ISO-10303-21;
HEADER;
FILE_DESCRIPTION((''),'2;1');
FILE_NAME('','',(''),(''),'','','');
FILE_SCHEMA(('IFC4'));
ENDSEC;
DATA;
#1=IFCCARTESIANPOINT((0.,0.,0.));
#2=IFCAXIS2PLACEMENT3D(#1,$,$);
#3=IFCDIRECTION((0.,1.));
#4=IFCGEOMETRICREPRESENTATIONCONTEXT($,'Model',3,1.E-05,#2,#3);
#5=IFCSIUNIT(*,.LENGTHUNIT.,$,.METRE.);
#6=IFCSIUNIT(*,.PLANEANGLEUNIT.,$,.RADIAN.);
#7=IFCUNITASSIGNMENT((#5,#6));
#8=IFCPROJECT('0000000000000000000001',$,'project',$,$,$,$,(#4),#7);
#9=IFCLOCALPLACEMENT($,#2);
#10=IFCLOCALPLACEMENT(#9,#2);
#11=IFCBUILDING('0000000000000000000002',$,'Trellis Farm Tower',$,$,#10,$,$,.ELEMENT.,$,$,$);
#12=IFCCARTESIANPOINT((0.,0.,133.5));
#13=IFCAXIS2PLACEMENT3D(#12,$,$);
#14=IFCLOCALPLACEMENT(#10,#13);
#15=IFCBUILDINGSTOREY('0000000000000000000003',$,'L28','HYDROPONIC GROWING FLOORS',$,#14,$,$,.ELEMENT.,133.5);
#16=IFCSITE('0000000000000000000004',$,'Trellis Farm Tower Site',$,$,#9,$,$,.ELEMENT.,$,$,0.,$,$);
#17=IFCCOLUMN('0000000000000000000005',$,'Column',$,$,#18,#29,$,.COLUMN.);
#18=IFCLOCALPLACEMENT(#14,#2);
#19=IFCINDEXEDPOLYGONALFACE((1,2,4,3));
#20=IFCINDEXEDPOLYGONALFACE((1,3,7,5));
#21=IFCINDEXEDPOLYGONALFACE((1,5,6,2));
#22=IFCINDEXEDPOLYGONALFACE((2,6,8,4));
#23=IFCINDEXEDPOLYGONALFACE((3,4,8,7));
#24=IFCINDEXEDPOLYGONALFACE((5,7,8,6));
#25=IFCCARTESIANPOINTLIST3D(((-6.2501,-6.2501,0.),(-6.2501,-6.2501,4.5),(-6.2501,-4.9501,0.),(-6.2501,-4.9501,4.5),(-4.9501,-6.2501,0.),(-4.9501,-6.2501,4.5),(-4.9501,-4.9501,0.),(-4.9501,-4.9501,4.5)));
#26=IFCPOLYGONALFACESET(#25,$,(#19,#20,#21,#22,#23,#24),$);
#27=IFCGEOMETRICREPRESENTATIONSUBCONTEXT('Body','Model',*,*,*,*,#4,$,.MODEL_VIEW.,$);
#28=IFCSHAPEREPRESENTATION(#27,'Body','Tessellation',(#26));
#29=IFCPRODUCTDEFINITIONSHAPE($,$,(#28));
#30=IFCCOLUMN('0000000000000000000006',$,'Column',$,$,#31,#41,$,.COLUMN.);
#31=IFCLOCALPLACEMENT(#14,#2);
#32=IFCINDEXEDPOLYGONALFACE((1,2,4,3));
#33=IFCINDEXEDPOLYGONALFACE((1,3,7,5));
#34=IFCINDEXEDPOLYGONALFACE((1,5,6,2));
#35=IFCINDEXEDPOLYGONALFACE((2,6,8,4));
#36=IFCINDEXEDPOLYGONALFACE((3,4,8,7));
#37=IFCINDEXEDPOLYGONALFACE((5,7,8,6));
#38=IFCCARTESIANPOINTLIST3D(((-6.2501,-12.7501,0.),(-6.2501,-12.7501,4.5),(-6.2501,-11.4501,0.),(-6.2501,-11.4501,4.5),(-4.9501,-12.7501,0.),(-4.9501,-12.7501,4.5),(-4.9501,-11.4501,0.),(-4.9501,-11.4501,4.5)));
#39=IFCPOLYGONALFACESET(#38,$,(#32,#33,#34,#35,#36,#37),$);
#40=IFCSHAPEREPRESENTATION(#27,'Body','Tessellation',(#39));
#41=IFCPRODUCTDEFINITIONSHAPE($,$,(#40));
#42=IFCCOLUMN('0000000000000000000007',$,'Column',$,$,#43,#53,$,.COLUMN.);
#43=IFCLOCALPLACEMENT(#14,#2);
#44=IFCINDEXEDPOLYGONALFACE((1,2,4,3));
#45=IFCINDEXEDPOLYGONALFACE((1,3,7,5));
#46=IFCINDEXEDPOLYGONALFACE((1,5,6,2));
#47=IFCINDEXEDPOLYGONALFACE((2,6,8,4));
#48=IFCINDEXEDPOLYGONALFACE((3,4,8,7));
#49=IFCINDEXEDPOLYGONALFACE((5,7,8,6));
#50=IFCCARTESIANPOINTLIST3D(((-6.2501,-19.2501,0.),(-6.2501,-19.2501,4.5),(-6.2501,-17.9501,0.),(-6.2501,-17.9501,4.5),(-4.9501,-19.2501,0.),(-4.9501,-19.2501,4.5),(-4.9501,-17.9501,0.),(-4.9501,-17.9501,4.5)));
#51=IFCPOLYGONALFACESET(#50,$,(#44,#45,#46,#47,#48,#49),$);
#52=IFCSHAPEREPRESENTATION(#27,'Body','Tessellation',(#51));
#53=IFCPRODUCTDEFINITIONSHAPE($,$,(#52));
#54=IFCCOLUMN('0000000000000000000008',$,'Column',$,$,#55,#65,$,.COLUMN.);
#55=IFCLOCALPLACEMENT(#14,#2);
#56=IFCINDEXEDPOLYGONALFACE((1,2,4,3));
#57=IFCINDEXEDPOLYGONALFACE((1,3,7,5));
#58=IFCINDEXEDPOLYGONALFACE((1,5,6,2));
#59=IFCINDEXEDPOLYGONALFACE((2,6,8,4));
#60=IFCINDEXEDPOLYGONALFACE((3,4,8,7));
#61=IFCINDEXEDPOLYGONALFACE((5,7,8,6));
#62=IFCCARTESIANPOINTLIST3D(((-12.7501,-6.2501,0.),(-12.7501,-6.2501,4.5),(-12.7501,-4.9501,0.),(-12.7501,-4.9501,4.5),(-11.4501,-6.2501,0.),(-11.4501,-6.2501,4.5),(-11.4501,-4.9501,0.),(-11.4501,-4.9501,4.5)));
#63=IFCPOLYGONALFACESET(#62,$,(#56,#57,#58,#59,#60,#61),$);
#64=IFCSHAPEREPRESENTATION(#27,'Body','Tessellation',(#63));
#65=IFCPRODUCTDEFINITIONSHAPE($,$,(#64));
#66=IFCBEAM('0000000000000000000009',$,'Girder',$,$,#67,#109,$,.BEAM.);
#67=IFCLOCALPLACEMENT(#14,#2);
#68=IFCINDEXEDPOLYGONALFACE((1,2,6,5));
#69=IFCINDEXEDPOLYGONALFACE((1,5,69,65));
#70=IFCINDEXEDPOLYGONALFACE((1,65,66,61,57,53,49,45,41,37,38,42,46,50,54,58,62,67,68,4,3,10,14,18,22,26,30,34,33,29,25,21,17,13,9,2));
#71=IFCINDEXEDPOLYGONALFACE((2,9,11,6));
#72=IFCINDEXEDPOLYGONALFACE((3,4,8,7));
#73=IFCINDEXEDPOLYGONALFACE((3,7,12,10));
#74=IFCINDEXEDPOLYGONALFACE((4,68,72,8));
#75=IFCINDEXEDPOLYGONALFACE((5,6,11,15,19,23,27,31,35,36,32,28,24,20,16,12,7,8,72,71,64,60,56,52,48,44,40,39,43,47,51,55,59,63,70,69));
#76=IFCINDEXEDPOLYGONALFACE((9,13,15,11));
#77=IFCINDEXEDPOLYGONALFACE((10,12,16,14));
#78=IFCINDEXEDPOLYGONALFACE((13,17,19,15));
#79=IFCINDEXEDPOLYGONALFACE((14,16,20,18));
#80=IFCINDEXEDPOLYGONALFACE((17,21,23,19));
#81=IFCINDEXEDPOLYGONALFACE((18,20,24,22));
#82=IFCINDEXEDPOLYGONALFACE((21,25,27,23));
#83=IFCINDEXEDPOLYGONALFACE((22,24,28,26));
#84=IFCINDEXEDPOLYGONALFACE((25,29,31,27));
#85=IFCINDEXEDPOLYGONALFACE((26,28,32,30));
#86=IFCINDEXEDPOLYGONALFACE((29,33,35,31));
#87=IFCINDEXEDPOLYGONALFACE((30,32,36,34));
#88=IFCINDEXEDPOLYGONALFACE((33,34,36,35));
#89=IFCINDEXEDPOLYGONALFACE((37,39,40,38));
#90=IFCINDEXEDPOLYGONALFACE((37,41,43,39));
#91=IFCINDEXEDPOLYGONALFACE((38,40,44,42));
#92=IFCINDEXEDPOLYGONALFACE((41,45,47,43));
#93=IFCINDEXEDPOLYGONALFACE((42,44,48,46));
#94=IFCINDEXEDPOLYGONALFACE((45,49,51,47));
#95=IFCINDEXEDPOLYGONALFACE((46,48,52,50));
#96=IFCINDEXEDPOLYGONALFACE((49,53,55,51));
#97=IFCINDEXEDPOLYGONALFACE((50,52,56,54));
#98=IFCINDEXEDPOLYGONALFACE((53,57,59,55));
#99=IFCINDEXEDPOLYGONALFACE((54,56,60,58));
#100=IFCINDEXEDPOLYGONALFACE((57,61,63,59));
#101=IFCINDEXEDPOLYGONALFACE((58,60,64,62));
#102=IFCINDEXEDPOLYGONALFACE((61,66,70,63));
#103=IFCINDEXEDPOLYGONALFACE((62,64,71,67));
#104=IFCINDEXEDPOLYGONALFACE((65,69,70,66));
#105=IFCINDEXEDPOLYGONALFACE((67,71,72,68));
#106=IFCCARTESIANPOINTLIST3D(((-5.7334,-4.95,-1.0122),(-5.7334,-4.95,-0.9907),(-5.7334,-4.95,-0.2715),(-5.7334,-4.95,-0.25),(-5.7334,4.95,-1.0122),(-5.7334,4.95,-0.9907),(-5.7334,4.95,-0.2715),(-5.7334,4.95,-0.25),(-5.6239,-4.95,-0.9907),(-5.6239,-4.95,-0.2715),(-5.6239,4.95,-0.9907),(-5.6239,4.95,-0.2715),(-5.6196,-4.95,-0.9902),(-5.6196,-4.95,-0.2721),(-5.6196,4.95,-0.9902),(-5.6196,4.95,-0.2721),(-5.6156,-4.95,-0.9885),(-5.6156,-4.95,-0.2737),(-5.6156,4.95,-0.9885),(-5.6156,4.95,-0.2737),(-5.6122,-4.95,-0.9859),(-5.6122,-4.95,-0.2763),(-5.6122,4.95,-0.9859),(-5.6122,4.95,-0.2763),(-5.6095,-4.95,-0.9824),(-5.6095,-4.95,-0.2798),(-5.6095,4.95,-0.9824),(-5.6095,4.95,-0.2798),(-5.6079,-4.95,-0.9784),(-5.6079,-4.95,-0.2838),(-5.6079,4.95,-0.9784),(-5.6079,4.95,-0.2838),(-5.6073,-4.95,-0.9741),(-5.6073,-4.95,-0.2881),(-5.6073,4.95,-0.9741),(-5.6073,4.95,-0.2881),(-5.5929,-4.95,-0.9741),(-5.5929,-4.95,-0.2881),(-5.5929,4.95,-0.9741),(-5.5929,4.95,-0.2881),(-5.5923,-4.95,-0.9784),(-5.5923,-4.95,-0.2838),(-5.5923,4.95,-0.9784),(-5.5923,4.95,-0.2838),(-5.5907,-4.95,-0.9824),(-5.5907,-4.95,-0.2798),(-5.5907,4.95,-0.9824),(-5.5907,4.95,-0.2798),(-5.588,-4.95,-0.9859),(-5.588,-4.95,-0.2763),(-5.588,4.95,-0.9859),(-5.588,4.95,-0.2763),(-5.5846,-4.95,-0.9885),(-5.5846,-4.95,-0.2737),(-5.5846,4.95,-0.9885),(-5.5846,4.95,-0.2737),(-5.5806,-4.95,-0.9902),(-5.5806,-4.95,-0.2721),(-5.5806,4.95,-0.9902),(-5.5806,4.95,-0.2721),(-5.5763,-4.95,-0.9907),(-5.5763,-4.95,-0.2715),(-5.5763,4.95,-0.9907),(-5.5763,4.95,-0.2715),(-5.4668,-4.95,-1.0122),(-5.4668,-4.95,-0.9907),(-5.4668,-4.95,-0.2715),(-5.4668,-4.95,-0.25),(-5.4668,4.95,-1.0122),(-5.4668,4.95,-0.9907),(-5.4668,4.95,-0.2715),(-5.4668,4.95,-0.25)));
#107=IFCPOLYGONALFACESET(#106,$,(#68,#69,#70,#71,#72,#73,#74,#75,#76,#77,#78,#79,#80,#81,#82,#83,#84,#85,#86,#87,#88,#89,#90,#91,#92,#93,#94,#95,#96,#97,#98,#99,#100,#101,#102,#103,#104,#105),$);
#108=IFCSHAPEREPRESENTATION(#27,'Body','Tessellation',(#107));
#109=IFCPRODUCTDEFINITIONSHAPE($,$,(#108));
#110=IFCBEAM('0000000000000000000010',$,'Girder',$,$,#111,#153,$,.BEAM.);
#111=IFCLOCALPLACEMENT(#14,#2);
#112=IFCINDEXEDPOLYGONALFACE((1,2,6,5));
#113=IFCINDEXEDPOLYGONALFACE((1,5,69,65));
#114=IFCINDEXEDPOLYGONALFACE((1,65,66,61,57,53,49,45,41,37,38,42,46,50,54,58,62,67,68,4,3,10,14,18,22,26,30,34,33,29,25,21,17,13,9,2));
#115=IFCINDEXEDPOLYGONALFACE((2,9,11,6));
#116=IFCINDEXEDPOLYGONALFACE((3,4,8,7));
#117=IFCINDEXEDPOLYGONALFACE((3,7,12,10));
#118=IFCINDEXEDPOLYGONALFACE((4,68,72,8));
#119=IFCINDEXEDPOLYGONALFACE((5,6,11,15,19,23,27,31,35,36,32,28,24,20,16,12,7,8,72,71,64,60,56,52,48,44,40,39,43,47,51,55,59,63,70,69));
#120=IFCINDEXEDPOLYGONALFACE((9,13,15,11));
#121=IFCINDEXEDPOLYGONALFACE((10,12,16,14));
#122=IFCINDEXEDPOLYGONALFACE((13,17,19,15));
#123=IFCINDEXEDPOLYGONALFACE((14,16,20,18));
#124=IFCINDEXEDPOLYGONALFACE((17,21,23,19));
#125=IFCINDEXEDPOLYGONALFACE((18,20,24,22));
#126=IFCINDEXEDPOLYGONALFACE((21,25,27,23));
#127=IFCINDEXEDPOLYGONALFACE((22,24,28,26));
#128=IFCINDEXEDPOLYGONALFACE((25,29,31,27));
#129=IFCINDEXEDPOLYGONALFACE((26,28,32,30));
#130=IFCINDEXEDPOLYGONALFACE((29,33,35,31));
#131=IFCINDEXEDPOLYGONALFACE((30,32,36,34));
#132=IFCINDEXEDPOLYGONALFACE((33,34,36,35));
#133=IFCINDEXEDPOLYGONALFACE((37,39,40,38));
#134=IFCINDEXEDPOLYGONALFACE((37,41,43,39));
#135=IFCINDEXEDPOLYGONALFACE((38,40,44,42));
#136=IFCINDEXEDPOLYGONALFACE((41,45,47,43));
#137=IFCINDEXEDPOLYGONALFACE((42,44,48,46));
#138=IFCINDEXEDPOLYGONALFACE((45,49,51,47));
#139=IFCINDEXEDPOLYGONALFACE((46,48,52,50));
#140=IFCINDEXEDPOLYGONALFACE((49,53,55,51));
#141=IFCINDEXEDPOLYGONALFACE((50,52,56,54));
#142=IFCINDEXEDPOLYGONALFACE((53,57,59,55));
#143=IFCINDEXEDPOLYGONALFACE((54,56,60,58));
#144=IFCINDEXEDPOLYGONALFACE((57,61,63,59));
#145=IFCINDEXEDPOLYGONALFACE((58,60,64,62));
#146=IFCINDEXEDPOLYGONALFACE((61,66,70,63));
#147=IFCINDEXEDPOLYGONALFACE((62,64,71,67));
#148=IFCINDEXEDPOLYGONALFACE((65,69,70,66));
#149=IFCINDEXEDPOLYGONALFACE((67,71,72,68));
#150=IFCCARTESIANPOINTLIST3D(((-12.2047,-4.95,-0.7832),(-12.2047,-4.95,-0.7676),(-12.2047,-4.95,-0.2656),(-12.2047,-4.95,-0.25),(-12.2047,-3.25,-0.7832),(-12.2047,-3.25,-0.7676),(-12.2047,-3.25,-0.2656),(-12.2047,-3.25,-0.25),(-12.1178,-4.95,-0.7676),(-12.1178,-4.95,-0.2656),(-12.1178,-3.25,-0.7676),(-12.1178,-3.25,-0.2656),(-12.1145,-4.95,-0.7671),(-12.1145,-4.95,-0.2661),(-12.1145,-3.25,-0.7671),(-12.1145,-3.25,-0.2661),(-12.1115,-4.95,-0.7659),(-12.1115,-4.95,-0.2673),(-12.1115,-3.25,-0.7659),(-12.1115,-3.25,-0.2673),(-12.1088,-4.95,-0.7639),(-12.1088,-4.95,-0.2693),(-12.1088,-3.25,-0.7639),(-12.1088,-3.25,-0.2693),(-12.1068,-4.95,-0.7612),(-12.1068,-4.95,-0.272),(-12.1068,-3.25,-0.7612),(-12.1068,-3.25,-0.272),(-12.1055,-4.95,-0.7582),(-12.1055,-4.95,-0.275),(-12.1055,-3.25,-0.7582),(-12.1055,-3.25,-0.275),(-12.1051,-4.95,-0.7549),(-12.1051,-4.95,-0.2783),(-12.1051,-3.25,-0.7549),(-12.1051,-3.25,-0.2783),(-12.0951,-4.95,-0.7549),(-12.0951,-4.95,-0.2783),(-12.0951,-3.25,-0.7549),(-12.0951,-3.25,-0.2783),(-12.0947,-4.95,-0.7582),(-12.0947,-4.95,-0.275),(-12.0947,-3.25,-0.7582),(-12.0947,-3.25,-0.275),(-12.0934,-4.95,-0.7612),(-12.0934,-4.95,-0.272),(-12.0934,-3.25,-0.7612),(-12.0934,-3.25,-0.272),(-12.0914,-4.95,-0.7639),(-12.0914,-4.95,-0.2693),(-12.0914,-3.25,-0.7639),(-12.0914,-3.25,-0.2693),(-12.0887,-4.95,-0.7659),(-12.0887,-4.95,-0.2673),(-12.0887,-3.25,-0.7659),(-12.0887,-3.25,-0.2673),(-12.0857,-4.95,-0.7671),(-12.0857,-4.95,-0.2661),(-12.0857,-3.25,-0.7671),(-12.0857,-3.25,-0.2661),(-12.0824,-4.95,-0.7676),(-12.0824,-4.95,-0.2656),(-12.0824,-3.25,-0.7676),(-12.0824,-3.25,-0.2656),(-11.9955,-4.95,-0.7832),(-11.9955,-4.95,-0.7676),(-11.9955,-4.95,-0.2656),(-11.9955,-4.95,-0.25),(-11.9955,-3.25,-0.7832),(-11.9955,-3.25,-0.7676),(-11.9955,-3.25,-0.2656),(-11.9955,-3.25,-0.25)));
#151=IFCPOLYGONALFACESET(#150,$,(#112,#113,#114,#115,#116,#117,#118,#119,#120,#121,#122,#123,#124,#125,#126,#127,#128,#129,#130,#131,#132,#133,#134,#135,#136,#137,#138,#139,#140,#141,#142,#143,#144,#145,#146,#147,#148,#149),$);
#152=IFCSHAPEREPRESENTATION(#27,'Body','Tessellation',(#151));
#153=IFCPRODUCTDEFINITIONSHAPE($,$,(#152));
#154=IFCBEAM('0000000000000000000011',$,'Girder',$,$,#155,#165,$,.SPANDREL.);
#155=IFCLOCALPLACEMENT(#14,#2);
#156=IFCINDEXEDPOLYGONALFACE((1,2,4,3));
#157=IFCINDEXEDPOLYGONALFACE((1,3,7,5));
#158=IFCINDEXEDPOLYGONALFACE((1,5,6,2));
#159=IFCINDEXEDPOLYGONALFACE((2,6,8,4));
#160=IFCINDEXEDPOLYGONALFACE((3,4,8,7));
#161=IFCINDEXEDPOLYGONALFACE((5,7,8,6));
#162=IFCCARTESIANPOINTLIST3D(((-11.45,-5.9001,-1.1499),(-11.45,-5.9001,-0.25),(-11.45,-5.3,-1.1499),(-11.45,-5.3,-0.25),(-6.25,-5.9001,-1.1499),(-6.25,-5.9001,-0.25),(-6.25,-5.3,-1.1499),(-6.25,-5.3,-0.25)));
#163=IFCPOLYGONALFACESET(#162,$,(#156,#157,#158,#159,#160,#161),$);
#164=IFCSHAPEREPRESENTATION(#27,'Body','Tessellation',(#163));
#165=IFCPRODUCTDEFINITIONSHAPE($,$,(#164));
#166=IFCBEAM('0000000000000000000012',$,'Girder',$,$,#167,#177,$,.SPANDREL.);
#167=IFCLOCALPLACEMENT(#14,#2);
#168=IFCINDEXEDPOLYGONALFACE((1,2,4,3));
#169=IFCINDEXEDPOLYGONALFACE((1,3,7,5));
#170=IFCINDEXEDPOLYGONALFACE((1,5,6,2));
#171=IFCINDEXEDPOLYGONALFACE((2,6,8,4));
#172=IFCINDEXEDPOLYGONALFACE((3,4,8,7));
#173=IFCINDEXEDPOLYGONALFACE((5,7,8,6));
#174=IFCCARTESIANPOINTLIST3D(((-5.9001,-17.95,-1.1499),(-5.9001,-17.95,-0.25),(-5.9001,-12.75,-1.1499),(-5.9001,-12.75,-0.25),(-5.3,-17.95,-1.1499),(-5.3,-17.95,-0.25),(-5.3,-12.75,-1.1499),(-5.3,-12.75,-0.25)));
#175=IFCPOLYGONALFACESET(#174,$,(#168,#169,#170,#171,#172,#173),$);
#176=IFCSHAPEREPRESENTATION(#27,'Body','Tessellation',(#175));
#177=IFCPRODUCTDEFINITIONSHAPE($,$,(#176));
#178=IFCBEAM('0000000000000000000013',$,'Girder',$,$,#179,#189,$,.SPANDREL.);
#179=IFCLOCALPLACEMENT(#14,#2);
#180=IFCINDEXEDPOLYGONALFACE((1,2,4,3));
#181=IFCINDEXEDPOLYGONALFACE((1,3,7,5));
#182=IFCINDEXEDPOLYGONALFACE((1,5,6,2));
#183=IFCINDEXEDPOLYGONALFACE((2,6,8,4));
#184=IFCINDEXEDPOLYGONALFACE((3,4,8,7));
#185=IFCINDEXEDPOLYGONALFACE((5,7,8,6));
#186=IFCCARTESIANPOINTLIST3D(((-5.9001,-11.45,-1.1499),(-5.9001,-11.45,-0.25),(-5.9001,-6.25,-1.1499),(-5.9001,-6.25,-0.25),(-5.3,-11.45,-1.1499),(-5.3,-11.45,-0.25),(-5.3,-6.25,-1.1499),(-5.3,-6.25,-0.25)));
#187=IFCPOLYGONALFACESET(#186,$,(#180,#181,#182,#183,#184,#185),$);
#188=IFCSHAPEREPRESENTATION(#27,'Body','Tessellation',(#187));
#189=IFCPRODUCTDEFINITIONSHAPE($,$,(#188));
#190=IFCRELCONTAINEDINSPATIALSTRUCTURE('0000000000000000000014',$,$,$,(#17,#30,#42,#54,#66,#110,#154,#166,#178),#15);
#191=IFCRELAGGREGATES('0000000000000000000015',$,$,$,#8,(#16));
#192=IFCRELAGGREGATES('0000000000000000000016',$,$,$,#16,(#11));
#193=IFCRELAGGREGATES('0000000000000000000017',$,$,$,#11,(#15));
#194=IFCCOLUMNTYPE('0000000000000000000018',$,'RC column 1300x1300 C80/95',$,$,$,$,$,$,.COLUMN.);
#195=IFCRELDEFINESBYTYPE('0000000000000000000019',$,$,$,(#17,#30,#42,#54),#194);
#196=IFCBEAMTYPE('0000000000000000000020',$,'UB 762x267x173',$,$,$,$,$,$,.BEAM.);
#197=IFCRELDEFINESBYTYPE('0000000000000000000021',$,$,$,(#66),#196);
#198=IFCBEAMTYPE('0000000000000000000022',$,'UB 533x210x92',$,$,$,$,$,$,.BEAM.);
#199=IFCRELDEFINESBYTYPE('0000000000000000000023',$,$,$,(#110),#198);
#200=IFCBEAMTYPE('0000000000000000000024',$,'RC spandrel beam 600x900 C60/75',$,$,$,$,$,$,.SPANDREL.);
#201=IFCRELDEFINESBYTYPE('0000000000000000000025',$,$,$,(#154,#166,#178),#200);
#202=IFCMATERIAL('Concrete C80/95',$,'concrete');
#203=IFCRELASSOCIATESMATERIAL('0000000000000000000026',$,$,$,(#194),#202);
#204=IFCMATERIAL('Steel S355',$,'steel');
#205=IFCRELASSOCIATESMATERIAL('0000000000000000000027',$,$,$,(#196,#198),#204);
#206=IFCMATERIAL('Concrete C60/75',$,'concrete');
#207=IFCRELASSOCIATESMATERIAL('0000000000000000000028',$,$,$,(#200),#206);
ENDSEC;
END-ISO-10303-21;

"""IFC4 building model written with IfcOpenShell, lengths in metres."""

from ifc_helpers import new_model, si_unit, direction, frame, origin, origin_2d, place, context, subcontext, project, spatial, rectangle, i_section, extrude, source, transform, mapped, material, material_profile, profile_set, type_object, element, save


model = new_model("IFC4")

# Units and contexts
model_context = context("Model", 3, precision=1e-05, world=origin(), true_north=direction((0.0, 1.0)))
body_context = subcontext(model_context, "Body", "Model", "MODEL_VIEW")
ifc_project = project(units=[si_unit("LENGTHUNIT", "METRE"), si_unit("PLANEANGLEUNIT", "RADIAN")], contexts=[model_context])

# Site, building, storey
site_placement = place(None, origin())
site = spatial("IfcSite", under=ifc_project, at=site_placement, Name="Trellis Farm Tower Site", CompositionType="ELEMENT", RefElevation=0.0)
building_placement = place(site_placement, origin())
building = spatial("IfcBuilding", under=site, at=building_placement, Name="Trellis Farm Tower", CompositionType="ELEMENT")
storey_placement = place(building_placement, frame((0.0, 0.0, 133.5)))
storey = spatial("IfcBuildingStorey", under=building, at=storey_placement, Name="L28", Description="HYDROPONIC GROWING FLOORS", CompositionType="ELEMENT", Elevation=133.5)

# Columns
ifc_material_1 = material(Name="Concrete C80/95", Category="concrete")
ifc_material_profile_1 = material_profile(ifc_material_1, rectangle(XDim=1.3, YDim=1.3, at=origin_2d()), Name="RC column 1300x1300 C80/95")
ifc_profile_set_1 = profile_set([ifc_material_profile_1], Name="Concrete C80/95")
column_type = type_object("IfcColumnType", Name="RC column 1300x1300 C80/95", PredefinedType="COLUMN", material=ifc_profile_set_1)
shared_shape_1 = source(origin(), body_context, "Body", "SweptSolid", [
    extrude(rectangle(XDim=1.3, YDim=1.3, at=origin_2d()), origin(), (0.0, 0.0, 1.0), 4.5),
])
for number, where, z_axis, x_axis, name in (
    (1, (-5.6001, -5.6001, 0.0), (0.0, 0.0, 1.0), (1.0, 0.0, 0.0), "Column"),
    (2, (-5.6001, -12.1001, 0.0), (0.0, 0.0, 1.0), (1.0, 0.0, 0.0), "Column"),
    (3, (-5.6001, -18.6001, 0.0), (0.0, 0.0, 1.0), (1.0, 0.0, 0.0), "Column"),
    (4, (-12.1001, -5.6001, 0.0), (0.0, 0.0, 1.0), (1.0, 0.0, 0.0), "Column"),
):
    element("IfcColumn", number, at=place(storey_placement, frame(where, z_axis=z_axis, x_axis=x_axis)), inside=storey, type_object=column_type, Name=name, PredefinedType="COLUMN", context=body_context, shape_type="MappedRepresentation", body=[
        mapped(shared_shape_1, transform((0.0, 0.0, 0.0))),
    ])

# Beams
ifc_material_2 = material(Name="Steel S355", Category="steel")
ifc_material_profile_2 = material_profile(ifc_material_2, i_section(OverallWidth=0.2666, OverallDepth=0.7622, WebThickness=0.0144, FlangeThickness=0.0215, FilletRadius=0.0166, at=origin_2d()), Name="UB 762x267x173")
ifc_profile_set_2 = profile_set([ifc_material_profile_2], Name="Steel S355")
beam_type_1 = type_object("IfcBeamType", Name="UB 762x267x173", PredefinedType="BEAM", material=ifc_profile_set_2)
shared_shape_2 = source(origin(), body_context, "Body", "SweptSolid", [
    extrude(i_section(OverallWidth=0.2666, OverallDepth=0.7622, WebThickness=0.0144, FlangeThickness=0.0215, FilletRadius=0.0166, at=origin_2d()), origin(), (0.0, 0.0, 1.0), 9.8999),
])
beam_1_placement = place(storey_placement, frame((-5.6001, -4.95, -0.6311), z_axis=(0.0, 1.0, 0.0), x_axis=(-1.0, 0.0, 0.0)))
element("IfcBeam", 5, at=beam_1_placement, inside=storey, type_object=beam_type_1, Name="Girder", PredefinedType="BEAM", context=body_context, shape_type="MappedRepresentation", body=[
    mapped(shared_shape_2, transform((0.0, 0.0, 0.0))),
])
ifc_material_profile_3 = material_profile(ifc_material_2, i_section(OverallWidth=0.2092, OverallDepth=0.5332, WebThickness=0.01, FlangeThickness=0.0156, FilletRadius=0.0127, at=origin_2d()), Name="UB 533x210x92")
ifc_profile_set_3 = profile_set([ifc_material_profile_3], Name="Steel S355")
beam_type_2 = type_object("IfcBeamType", Name="UB 533x210x92", PredefinedType="BEAM", material=ifc_profile_set_3)
shared_shape_3 = source(origin(), body_context, "Body", "SweptSolid", [
    extrude(i_section(OverallWidth=0.2092, OverallDepth=0.5332, WebThickness=0.01, FlangeThickness=0.0156, FilletRadius=0.0127, at=origin_2d()), origin(), (0.0, 0.0, 1.0), 1.7),
])
beam_2_placement = place(storey_placement, frame((-12.1001, -4.95, -0.5166), z_axis=(0.0, 1.0, 0.0), x_axis=(-1.0, 0.0, 0.0)))
element("IfcBeam", 6, at=beam_2_placement, inside=storey, type_object=beam_type_2, Name="Girder", PredefinedType="BEAM", context=body_context, shape_type="MappedRepresentation", body=[
    mapped(shared_shape_3, transform((0.0, 0.0, 0.0))),
])
ifc_material_3 = material(Name="Concrete C60/75", Category="concrete")
ifc_material_profile_4 = material_profile(ifc_material_3, rectangle(XDim=0.6001, YDim=0.8999, at=origin_2d()), Name="RC spandrel beam 600x900 C60/75")
ifc_profile_set_4 = profile_set([ifc_material_profile_4], Name="Concrete C60/75")
beam_type_3 = type_object("IfcBeamType", Name="RC spandrel beam 600x900 C60/75", PredefinedType="SPANDREL", material=ifc_profile_set_4)
shared_shape_4 = source(origin(), body_context, "Body", "SweptSolid", [
    extrude(rectangle(XDim=0.6001, YDim=0.8999, at=origin_2d()), origin(), (0.0, 0.0, 1.0), 5.2),
])
for number, where, z_axis, x_axis, name in (
    (7, (-11.45, -5.6001, -0.7), (1.0, 0.0, 0.0), (0.0, 1.0, 0.0), "Girder"),
    (8, (-5.6001, -17.95, -0.7), (0.0, 1.0, 0.0), (-1.0, 0.0, 0.0), "Girder"),
    (9, (-5.6001, -11.45, -0.7), (0.0, 1.0, 0.0), (-1.0, 0.0, 0.0), "Girder"),
):
    element("IfcBeam", number, at=place(storey_placement, frame(where, z_axis=z_axis, x_axis=x_axis)), inside=storey, type_object=beam_type_3, Name=name, PredefinedType="SPANDREL", context=body_context, shape_type="MappedRepresentation", body=[
        mapped(shared_shape_4, transform((0.0, 0.0, 0.0))),
    ])

save(model, "model.ifc")
